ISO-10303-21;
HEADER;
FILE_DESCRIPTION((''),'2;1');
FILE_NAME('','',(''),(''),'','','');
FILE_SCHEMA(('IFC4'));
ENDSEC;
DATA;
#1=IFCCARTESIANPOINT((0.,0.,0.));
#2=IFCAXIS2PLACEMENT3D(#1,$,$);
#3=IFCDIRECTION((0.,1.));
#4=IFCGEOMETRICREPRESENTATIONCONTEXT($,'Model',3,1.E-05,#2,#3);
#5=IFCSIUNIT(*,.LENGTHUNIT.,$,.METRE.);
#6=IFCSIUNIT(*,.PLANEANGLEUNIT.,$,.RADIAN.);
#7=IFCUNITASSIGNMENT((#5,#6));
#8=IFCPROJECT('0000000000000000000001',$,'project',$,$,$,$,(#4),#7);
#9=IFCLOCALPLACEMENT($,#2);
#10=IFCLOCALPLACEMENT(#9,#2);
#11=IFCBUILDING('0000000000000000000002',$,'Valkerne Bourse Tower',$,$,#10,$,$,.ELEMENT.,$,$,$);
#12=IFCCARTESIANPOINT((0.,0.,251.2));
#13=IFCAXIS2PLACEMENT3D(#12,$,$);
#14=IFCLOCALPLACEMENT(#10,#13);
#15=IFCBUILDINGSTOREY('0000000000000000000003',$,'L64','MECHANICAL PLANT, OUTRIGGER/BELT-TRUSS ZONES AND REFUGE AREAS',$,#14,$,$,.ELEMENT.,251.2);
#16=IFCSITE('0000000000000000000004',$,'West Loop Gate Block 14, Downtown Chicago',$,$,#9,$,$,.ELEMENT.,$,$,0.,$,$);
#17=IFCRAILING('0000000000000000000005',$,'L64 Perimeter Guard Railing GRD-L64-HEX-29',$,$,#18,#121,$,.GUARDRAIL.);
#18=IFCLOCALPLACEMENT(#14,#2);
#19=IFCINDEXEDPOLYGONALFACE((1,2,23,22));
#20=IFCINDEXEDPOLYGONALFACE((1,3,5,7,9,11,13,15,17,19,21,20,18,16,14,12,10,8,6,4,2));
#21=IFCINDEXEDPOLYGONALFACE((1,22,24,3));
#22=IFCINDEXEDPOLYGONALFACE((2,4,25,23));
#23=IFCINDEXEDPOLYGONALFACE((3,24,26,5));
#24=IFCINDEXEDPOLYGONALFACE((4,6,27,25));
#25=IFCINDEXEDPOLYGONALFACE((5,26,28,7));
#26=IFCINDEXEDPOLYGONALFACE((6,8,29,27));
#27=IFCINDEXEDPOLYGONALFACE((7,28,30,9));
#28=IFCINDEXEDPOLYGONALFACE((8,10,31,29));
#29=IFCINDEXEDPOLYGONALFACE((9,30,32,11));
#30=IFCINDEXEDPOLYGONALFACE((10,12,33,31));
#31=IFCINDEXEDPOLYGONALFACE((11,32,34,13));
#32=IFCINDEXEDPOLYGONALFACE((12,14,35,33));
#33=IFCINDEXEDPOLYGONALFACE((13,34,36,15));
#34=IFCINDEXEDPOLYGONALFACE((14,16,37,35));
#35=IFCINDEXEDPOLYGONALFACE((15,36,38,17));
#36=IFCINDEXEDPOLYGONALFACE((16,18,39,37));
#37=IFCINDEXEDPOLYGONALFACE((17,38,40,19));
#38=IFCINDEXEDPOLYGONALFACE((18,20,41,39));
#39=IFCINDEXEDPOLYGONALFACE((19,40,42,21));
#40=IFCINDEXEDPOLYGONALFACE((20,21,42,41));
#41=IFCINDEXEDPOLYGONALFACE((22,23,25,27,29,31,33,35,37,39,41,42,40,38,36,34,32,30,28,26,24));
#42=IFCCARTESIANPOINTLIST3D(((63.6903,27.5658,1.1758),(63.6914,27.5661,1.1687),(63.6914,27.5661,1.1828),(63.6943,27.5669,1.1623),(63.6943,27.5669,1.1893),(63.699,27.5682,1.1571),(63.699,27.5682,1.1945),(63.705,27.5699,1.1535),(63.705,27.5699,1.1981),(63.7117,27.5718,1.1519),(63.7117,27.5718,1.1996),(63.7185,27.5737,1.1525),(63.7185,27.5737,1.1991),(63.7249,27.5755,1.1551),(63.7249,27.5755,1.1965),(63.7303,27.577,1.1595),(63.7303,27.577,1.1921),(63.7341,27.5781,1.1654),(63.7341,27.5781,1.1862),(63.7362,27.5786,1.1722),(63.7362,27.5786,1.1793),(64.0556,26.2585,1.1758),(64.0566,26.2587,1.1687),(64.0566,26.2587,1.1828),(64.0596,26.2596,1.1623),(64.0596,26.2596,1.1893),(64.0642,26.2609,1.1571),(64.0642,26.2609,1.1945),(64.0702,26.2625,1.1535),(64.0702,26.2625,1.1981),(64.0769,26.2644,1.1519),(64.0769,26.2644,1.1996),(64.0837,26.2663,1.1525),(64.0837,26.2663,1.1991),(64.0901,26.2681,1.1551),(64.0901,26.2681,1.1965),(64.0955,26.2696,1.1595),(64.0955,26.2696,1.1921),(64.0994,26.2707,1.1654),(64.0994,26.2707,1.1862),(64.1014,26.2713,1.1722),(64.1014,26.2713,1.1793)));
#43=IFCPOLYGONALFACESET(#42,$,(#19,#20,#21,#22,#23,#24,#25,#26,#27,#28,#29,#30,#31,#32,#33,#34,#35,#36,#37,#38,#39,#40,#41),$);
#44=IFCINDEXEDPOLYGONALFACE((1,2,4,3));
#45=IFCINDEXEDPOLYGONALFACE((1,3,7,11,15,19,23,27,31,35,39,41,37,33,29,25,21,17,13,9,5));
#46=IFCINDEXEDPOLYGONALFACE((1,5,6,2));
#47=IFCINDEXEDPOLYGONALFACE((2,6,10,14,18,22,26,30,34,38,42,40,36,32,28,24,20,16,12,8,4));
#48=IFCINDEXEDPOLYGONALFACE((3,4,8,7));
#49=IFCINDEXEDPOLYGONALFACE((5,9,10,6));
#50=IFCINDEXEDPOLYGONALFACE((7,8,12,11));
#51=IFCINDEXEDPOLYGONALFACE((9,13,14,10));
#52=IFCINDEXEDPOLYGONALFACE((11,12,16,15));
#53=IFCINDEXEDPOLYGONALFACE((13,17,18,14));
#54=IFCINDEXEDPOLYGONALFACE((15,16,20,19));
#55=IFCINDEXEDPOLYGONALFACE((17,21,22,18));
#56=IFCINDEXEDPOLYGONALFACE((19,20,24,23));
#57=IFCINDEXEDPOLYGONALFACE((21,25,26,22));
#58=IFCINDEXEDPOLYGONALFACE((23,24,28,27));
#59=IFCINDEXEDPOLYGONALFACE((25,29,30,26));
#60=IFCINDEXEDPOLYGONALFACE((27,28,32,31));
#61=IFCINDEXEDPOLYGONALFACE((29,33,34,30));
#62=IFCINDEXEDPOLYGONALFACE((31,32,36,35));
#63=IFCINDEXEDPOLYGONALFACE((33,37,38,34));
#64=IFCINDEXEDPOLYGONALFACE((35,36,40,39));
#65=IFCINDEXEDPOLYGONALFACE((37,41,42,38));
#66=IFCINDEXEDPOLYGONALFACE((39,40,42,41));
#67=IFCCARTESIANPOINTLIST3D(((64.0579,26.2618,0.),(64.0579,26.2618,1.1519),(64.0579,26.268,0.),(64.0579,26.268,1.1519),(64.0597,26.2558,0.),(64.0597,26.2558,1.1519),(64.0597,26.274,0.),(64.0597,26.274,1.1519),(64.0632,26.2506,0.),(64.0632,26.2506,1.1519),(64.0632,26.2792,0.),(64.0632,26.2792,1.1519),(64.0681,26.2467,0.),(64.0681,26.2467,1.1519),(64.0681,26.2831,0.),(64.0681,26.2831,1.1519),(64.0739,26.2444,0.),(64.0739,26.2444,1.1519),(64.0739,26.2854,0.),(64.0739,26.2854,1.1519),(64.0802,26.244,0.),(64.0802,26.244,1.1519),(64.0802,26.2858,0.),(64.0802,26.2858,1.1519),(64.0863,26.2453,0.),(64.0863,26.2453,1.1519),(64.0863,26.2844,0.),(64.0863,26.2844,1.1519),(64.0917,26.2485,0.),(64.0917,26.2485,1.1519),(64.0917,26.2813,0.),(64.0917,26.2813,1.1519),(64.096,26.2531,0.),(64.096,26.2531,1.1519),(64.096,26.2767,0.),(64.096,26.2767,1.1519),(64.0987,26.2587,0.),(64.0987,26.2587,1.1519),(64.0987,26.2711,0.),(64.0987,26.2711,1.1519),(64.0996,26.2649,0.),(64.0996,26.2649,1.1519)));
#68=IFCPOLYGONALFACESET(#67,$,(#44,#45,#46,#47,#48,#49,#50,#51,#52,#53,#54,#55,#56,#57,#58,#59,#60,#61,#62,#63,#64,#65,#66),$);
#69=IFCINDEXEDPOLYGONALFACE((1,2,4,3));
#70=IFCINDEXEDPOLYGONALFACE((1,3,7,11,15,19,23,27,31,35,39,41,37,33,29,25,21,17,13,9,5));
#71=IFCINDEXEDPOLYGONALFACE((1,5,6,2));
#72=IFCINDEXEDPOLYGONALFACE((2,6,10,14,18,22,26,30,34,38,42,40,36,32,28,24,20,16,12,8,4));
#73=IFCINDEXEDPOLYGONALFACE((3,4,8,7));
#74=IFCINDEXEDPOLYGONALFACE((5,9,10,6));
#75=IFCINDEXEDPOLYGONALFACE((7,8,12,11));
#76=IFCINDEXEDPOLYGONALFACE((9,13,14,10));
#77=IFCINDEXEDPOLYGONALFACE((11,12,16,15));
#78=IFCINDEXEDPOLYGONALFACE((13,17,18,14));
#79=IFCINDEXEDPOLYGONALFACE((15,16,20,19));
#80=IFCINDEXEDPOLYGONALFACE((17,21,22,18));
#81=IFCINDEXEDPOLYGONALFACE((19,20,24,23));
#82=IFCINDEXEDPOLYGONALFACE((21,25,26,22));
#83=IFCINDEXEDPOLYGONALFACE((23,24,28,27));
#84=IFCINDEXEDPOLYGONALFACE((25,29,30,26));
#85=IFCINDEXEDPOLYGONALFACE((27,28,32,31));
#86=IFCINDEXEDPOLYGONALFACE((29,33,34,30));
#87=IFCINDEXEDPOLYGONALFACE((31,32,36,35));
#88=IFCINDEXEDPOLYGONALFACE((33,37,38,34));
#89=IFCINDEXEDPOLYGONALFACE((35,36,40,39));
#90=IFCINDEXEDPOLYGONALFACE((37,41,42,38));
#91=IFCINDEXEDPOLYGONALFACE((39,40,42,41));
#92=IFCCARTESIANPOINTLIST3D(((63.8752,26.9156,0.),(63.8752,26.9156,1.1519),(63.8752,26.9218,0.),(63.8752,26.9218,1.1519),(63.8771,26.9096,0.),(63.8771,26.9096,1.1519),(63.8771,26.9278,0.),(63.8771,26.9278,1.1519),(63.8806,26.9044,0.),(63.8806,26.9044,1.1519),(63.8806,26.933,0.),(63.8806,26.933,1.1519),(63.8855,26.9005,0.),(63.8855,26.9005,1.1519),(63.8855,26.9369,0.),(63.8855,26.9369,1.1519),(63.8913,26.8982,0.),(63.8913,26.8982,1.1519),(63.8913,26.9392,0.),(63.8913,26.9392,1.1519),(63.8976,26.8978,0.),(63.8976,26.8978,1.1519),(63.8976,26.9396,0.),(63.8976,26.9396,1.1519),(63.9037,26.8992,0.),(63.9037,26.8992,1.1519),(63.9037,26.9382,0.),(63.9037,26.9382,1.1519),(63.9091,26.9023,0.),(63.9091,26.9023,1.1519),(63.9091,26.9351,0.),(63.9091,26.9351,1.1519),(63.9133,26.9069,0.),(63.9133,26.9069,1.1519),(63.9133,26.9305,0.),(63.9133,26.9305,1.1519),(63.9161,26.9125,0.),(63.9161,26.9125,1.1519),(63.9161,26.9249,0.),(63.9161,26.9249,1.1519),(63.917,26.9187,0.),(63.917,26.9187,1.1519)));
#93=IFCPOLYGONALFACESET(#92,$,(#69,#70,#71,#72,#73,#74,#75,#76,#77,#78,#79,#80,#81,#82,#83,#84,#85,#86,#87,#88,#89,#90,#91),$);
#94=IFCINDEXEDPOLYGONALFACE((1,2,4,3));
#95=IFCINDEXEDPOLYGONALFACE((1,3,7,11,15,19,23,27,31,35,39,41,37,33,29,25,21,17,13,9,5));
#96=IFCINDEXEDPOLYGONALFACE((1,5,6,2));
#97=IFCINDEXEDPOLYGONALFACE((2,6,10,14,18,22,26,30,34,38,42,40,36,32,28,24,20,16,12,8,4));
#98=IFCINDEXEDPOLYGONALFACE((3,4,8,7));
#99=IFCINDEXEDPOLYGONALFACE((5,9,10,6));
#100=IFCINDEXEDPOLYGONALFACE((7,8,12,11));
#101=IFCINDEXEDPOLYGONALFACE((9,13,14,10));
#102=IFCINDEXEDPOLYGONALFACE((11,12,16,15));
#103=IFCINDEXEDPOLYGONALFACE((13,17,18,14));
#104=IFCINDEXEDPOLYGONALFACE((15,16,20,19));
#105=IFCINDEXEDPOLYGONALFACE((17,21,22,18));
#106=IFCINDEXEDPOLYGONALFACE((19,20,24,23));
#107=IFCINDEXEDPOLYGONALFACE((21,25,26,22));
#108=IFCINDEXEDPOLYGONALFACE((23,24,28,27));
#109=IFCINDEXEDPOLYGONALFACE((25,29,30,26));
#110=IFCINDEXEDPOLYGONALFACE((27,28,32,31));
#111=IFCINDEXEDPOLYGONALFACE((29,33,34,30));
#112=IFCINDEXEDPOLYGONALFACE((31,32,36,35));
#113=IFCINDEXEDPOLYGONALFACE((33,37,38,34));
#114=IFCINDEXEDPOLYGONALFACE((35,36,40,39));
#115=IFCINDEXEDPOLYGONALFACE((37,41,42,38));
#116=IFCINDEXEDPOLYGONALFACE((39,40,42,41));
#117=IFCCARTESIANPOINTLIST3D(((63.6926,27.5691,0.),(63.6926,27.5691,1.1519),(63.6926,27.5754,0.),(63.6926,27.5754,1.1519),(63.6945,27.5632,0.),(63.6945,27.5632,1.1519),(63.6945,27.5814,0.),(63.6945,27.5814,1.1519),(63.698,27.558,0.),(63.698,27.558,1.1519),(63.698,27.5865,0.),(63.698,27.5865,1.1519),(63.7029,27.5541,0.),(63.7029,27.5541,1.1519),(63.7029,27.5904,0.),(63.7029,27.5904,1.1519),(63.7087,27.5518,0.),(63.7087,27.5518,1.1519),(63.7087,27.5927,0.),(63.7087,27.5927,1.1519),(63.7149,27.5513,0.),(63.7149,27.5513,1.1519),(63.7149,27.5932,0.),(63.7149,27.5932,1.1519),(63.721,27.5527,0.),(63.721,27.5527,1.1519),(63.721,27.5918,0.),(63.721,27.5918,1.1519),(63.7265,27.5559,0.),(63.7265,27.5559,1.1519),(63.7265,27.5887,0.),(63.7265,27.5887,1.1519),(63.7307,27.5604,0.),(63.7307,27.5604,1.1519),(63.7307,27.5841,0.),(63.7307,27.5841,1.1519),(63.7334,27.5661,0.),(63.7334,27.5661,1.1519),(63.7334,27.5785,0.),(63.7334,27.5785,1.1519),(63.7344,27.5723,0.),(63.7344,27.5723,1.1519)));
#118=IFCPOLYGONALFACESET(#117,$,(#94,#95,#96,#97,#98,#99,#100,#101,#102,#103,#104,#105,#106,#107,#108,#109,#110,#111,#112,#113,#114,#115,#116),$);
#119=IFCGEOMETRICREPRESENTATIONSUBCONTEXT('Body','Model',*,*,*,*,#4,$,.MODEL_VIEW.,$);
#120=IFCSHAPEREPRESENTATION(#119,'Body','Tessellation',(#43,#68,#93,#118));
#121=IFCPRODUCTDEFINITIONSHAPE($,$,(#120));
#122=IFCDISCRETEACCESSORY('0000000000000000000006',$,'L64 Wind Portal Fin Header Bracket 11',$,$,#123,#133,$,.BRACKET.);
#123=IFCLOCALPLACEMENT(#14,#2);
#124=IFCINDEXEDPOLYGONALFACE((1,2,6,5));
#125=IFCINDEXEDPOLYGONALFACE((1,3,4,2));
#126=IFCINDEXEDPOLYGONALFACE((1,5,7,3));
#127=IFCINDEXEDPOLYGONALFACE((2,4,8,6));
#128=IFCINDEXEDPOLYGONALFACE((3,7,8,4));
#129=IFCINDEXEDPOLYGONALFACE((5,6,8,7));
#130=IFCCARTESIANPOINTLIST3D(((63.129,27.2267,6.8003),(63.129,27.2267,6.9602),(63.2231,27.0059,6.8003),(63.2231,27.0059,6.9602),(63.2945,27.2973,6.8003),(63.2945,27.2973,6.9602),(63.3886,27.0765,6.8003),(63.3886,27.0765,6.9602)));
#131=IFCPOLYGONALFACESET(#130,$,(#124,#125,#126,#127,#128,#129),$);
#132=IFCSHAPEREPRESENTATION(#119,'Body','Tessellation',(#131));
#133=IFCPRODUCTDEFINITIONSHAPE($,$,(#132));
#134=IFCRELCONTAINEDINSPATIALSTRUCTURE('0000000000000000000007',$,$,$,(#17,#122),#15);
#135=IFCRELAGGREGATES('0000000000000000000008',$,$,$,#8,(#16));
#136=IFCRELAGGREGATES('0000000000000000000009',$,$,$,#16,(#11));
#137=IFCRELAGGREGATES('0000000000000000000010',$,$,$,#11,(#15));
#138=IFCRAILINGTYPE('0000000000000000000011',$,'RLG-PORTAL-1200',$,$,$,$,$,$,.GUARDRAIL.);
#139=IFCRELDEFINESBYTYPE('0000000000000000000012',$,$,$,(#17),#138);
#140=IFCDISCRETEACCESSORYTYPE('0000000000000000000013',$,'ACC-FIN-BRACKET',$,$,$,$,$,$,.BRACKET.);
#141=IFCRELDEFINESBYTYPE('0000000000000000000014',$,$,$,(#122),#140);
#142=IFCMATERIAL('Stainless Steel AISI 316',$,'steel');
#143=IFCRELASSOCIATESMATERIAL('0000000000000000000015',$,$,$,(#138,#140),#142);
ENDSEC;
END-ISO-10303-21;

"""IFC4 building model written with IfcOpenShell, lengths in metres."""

from ifc_helpers import new_model, si_unit, direction, frame, origin, origin_2d, place, context, subcontext, project, spatial, rectangle, circle, extrude, material, type_object, element, save


model = new_model("IFC4")

# Units and contexts
model_context = context("Model", 3, precision=1e-05, world=origin(), true_north=direction((0.0, 1.0)))
body_context = subcontext(model_context, "Body", "Model", "MODEL_VIEW")
ifc_project = project(units=[si_unit("LENGTHUNIT", "METRE"), si_unit("PLANEANGLEUNIT", "RADIAN")], contexts=[model_context])

# Site, building, storey
site_placement = place(None, origin())
site = spatial("IfcSite", under=ifc_project, at=site_placement, Name="West Loop Gate Block 14, Downtown Chicago", CompositionType="ELEMENT", RefElevation=0.0)
building_placement = place(site_placement, origin())
building = spatial("IfcBuilding", under=site, at=building_placement, Name="Valkerne Bourse Tower", CompositionType="ELEMENT")
storey_placement = place(building_placement, frame((0.0, 0.0, 251.2)))
storey = spatial("IfcBuildingStorey", under=building, at=storey_placement, Name="L64", Description="MECHANICAL PLANT, OUTRIGGER/BELT-TRUSS ZONES AND REFUGE AREAS", CompositionType="ELEMENT", Elevation=251.2)

# Railing
ifc_material_1 = material(Name="Stainless Steel AISI 316", Category="steel")
railing_type = type_object("IfcRailingType", Name="RLG-PORTAL-1200", PredefinedType="GUARDRAIL", material=ifc_material_1)
railing_1_placement = place(storey_placement, frame((64.0786, 26.2649, 0.0)))
element("IfcRailing", 1, at=railing_1_placement, inside=storey, type_object=railing_type, Name="L64 Perimeter Guard Railing GRD-L64-HEX-29", PredefinedType="GUARDRAIL", context=body_context, shape_type="SweptSolid", body=[
    extrude(circle(Radius=0.0239, at=origin_2d()), frame((0.0, 0.0, 1.1758), z_axis=(-0.269063, 0.963123, 0.0), x_axis=(-0.963123, -0.269063, 0.0)), (0.0, 0.0, 1.0), 1.3574),
    extrude(circle(Radius=0.021, at=origin_2d()), origin(), (0.0, 0.0, 1.0), 1.1519),
    extrude(circle(Radius=0.021, at=origin_2d()), frame((-0.1826, 0.6538, 0.0)), (0.0, 0.0, 1.0), 1.1519),
    extrude(circle(Radius=0.021, at=origin_2d()), frame((-0.3652, 1.3074, 0.0)), (0.0, 0.0, 1.0), 1.1519),
])

# Discrete accessory
discrete_accessory_type = type_object("IfcDiscreteAccessoryType", Name="ACC-FIN-BRACKET", PredefinedType="BRACKET", material=ifc_material_1)
discrete_accessory_placement = place(storey_placement, frame((63.2588, 27.1516, 6.8003), z_axis=(0.0, 0.0, 1.0), x_axis=(-0.392337, 0.919821, 0.0)))
element("IfcDiscreteAccessory", 2, at=discrete_accessory_placement, inside=storey, type_object=discrete_accessory_type, Name="L64 Wind Portal Fin Header Bracket 11", PredefinedType="BRACKET", context=body_context, shape_type="SweptSolid", body=[
    extrude(rectangle(XDim=0.24, YDim=0.1799, at=origin_2d()), origin(), (0.0, 0.0, 1.0), 0.1599),
])

save(model, "model.ifc")
